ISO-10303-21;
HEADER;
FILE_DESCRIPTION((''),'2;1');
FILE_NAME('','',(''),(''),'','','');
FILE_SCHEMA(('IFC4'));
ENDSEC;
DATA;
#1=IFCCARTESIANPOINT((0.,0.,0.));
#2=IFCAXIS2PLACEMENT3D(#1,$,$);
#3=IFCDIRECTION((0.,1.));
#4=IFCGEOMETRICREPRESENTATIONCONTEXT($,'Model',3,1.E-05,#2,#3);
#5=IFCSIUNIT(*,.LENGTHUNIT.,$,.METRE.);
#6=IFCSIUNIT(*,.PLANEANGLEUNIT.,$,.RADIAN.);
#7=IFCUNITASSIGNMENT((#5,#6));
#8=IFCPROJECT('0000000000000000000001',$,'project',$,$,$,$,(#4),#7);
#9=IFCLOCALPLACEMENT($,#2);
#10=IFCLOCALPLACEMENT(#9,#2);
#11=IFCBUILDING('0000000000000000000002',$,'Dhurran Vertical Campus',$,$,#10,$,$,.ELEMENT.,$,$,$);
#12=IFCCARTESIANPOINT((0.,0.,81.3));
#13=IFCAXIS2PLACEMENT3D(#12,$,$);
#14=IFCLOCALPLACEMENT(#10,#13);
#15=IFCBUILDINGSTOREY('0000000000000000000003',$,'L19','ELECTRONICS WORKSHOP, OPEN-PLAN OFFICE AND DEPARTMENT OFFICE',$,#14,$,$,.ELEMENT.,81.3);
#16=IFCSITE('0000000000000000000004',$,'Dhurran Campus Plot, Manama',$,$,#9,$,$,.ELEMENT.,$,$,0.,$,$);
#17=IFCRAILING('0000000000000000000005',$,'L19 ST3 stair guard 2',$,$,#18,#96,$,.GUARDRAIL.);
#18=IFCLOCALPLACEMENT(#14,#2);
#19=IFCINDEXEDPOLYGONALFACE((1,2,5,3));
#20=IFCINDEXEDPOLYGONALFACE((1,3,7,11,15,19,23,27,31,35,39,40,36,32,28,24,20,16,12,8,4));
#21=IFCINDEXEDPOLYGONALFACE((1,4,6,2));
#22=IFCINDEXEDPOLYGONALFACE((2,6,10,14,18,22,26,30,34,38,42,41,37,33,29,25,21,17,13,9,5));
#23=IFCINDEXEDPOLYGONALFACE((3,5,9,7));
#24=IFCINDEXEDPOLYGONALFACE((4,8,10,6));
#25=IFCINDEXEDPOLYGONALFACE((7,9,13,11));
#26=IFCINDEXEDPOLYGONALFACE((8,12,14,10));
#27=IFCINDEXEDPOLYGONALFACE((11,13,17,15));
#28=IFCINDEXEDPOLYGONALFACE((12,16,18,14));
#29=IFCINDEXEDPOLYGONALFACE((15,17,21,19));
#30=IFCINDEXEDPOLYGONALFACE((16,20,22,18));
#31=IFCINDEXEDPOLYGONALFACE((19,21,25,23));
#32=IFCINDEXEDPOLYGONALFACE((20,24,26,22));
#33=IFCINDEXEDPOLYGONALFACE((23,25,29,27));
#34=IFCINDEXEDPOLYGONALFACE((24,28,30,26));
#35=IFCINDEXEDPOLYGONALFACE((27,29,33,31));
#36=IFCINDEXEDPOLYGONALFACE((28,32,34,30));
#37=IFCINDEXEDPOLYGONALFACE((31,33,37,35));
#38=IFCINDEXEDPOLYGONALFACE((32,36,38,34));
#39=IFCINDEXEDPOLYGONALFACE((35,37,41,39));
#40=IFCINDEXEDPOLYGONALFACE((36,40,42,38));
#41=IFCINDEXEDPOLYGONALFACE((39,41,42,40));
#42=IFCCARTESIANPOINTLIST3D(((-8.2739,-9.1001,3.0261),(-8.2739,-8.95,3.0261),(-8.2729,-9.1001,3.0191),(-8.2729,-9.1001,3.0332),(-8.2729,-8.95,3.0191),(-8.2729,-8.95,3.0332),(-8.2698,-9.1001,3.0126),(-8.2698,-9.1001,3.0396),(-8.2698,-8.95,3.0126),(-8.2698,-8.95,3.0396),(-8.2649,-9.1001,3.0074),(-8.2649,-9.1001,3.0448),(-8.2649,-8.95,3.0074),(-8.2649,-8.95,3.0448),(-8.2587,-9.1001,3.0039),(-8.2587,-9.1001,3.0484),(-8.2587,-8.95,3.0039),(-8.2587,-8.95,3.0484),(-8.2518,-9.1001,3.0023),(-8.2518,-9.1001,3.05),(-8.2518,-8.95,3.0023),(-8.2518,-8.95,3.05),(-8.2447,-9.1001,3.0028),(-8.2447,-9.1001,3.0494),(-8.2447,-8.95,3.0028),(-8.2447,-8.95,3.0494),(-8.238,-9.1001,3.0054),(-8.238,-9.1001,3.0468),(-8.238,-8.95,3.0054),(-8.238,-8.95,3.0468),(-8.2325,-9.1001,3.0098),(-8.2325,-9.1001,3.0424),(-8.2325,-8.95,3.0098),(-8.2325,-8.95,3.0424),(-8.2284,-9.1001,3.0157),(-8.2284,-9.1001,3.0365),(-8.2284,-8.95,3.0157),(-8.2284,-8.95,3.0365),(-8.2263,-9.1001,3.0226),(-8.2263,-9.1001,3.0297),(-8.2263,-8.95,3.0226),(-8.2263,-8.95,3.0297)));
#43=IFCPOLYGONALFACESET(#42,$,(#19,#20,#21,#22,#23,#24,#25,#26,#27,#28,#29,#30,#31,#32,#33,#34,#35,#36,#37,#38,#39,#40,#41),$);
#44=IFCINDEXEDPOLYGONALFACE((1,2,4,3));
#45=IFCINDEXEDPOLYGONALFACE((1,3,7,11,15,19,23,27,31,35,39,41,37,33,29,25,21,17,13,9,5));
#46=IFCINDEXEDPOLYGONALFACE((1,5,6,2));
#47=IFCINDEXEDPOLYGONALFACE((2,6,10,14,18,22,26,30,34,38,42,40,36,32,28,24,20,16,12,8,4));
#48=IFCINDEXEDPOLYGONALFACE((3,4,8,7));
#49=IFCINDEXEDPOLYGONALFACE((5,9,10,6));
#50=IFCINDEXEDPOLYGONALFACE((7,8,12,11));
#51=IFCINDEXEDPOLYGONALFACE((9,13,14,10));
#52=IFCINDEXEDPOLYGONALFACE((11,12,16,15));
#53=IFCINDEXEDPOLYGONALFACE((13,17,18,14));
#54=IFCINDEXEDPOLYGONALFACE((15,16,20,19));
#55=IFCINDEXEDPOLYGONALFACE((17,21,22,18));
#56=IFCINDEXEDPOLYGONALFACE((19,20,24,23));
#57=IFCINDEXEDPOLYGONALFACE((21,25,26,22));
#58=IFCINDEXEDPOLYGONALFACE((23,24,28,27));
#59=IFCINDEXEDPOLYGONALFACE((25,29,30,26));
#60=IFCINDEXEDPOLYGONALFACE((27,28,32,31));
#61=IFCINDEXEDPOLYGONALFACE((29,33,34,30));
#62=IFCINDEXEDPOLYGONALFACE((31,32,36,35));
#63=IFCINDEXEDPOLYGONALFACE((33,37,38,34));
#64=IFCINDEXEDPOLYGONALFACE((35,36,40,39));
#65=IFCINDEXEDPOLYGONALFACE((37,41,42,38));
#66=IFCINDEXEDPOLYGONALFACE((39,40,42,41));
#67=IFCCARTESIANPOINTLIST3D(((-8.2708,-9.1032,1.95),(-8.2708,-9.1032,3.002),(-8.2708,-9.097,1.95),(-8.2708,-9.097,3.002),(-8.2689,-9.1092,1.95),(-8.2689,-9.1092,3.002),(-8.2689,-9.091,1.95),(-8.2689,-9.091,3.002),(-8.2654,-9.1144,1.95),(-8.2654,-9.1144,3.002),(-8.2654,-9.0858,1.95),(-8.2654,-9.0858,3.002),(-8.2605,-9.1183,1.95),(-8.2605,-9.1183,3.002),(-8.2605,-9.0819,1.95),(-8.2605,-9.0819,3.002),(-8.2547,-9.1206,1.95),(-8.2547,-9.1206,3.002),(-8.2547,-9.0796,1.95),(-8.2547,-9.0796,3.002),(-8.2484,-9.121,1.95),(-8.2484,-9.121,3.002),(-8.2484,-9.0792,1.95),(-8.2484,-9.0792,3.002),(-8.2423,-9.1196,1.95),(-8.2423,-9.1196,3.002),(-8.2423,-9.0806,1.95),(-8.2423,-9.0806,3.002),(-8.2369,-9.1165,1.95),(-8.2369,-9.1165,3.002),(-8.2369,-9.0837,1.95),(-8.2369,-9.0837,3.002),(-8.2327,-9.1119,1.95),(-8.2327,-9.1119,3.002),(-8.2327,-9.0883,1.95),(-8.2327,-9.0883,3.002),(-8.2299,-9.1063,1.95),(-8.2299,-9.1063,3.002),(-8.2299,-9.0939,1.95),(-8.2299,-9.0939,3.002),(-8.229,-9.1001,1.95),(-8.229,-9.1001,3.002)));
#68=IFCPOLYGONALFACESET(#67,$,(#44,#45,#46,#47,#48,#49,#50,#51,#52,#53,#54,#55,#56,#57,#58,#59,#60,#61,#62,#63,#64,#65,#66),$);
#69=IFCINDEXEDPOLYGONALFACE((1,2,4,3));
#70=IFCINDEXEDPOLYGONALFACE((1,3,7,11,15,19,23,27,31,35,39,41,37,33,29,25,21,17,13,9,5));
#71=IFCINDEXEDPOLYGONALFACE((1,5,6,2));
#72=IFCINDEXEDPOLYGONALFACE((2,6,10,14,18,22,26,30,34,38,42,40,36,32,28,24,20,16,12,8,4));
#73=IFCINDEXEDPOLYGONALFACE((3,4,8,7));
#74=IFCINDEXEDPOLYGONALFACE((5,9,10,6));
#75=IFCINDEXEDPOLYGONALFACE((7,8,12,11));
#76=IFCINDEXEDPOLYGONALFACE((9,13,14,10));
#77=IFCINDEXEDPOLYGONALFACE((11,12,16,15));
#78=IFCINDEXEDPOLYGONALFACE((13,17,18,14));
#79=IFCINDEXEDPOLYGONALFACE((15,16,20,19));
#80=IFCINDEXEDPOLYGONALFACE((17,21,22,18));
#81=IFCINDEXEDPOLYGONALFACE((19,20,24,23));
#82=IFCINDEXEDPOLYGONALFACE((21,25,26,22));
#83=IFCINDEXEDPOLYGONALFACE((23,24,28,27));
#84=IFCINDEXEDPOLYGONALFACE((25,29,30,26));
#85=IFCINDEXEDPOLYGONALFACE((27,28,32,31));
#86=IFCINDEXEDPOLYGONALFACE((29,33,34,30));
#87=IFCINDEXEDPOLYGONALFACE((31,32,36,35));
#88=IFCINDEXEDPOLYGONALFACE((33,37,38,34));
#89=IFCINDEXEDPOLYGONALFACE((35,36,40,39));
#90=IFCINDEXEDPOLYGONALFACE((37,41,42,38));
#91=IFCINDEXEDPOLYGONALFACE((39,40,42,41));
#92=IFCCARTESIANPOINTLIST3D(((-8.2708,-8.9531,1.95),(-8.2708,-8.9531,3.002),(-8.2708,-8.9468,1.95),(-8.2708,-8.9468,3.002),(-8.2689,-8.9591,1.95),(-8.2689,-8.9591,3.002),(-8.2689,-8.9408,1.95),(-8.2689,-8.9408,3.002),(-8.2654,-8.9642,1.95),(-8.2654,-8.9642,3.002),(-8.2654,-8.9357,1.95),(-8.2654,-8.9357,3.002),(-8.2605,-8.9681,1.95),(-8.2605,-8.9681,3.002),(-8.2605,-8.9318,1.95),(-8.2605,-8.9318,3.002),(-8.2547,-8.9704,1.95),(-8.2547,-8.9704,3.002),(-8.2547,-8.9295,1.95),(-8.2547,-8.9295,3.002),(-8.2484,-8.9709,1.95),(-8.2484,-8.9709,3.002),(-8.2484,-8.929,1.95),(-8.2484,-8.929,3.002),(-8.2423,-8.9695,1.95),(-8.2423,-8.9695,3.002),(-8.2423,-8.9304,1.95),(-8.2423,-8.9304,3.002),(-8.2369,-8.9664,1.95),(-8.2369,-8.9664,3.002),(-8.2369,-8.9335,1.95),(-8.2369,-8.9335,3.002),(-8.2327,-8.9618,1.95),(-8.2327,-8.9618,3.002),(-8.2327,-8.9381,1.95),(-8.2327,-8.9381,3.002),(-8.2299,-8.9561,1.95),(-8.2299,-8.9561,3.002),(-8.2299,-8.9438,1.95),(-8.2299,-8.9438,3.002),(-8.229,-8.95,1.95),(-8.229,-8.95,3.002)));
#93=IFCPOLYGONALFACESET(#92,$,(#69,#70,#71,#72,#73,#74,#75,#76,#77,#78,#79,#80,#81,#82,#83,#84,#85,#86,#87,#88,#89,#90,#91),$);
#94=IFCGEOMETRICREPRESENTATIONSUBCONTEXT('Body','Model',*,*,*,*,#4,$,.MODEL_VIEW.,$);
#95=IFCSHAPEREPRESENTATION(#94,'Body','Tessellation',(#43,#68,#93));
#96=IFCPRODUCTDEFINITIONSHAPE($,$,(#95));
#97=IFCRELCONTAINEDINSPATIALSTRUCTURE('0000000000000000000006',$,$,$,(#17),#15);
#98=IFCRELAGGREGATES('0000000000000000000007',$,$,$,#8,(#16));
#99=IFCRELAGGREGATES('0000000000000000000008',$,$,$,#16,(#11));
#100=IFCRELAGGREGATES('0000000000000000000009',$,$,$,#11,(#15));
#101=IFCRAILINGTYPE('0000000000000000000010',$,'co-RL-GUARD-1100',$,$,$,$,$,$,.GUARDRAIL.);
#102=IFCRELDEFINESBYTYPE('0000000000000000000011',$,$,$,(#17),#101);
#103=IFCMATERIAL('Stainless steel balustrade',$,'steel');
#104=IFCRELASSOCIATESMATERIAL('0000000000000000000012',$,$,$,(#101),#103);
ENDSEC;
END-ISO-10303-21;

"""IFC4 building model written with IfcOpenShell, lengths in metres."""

from ifc_helpers import new_model, si_unit, direction, frame, origin, origin_2d, place, context, subcontext, project, spatial, circle, extrude, material, type_object, element, save


model = new_model("IFC4")

# Units and contexts
model_context = context("Model", 3, precision=1e-05, world=origin(), true_north=direction((0.0, 1.0)))
body_context = subcontext(model_context, "Body", "Model", "MODEL_VIEW")
ifc_project = project(units=[si_unit("LENGTHUNIT", "METRE"), si_unit("PLANEANGLEUNIT", "RADIAN")], contexts=[model_context])

# Site, building, storey
site_placement = place(None, origin())
site = spatial("IfcSite", under=ifc_project, at=site_placement, Name="Dhurran Campus Plot, Manama", CompositionType="ELEMENT", RefElevation=0.0)
building_placement = place(site_placement, origin())
building = spatial("IfcBuilding", under=site, at=building_placement, Name="Dhurran Vertical Campus", CompositionType="ELEMENT")
storey_placement = place(building_placement, frame((0.0, 0.0, 81.3)))
storey = spatial("IfcBuildingStorey", under=building, at=storey_placement, Name="L19", Description="ELECTRONICS WORKSHOP, OPEN-PLAN OFFICE AND DEPARTMENT OFFICE", CompositionType="ELEMENT", Elevation=81.3)

# Railing
ifc_material_1 = material(Name="Stainless steel balustrade", Category="steel")
railing_type_1 = type_object("IfcRailingType", Name="co-RL-GUARD-1100", PredefinedType="GUARDRAIL", material=ifc_material_1)
railing_1_placement = place(storey_placement, frame((-8.25, -9.1001, 1.95)))
element("IfcRailing", 1, at=railing_1_placement, inside=storey, type_object=railing_type_1, Name="L19 ST3 stair guard 2", PredefinedType="GUARDRAIL", context=body_context, shape_type="SweptSolid", body=[
    extrude(circle(Radius=0.0239, at=origin_2d()), frame((0.0, 0.0, 1.0762), z_axis=(0.0, 1.0, 0.0), x_axis=(-1.0, 0.0, 0.0)), (0.0, 0.0, 1.0), 0.1501),
    extrude(circle(Radius=0.021, at=origin_2d()), origin(), (0.0, 0.0, 1.0), 1.052),
    extrude(circle(Radius=0.021, at=origin_2d()), frame((0.0, 0.1501, 0.0)), (0.0, 0.0, 1.0), 1.052),
])

save(model, "model.ifc")
